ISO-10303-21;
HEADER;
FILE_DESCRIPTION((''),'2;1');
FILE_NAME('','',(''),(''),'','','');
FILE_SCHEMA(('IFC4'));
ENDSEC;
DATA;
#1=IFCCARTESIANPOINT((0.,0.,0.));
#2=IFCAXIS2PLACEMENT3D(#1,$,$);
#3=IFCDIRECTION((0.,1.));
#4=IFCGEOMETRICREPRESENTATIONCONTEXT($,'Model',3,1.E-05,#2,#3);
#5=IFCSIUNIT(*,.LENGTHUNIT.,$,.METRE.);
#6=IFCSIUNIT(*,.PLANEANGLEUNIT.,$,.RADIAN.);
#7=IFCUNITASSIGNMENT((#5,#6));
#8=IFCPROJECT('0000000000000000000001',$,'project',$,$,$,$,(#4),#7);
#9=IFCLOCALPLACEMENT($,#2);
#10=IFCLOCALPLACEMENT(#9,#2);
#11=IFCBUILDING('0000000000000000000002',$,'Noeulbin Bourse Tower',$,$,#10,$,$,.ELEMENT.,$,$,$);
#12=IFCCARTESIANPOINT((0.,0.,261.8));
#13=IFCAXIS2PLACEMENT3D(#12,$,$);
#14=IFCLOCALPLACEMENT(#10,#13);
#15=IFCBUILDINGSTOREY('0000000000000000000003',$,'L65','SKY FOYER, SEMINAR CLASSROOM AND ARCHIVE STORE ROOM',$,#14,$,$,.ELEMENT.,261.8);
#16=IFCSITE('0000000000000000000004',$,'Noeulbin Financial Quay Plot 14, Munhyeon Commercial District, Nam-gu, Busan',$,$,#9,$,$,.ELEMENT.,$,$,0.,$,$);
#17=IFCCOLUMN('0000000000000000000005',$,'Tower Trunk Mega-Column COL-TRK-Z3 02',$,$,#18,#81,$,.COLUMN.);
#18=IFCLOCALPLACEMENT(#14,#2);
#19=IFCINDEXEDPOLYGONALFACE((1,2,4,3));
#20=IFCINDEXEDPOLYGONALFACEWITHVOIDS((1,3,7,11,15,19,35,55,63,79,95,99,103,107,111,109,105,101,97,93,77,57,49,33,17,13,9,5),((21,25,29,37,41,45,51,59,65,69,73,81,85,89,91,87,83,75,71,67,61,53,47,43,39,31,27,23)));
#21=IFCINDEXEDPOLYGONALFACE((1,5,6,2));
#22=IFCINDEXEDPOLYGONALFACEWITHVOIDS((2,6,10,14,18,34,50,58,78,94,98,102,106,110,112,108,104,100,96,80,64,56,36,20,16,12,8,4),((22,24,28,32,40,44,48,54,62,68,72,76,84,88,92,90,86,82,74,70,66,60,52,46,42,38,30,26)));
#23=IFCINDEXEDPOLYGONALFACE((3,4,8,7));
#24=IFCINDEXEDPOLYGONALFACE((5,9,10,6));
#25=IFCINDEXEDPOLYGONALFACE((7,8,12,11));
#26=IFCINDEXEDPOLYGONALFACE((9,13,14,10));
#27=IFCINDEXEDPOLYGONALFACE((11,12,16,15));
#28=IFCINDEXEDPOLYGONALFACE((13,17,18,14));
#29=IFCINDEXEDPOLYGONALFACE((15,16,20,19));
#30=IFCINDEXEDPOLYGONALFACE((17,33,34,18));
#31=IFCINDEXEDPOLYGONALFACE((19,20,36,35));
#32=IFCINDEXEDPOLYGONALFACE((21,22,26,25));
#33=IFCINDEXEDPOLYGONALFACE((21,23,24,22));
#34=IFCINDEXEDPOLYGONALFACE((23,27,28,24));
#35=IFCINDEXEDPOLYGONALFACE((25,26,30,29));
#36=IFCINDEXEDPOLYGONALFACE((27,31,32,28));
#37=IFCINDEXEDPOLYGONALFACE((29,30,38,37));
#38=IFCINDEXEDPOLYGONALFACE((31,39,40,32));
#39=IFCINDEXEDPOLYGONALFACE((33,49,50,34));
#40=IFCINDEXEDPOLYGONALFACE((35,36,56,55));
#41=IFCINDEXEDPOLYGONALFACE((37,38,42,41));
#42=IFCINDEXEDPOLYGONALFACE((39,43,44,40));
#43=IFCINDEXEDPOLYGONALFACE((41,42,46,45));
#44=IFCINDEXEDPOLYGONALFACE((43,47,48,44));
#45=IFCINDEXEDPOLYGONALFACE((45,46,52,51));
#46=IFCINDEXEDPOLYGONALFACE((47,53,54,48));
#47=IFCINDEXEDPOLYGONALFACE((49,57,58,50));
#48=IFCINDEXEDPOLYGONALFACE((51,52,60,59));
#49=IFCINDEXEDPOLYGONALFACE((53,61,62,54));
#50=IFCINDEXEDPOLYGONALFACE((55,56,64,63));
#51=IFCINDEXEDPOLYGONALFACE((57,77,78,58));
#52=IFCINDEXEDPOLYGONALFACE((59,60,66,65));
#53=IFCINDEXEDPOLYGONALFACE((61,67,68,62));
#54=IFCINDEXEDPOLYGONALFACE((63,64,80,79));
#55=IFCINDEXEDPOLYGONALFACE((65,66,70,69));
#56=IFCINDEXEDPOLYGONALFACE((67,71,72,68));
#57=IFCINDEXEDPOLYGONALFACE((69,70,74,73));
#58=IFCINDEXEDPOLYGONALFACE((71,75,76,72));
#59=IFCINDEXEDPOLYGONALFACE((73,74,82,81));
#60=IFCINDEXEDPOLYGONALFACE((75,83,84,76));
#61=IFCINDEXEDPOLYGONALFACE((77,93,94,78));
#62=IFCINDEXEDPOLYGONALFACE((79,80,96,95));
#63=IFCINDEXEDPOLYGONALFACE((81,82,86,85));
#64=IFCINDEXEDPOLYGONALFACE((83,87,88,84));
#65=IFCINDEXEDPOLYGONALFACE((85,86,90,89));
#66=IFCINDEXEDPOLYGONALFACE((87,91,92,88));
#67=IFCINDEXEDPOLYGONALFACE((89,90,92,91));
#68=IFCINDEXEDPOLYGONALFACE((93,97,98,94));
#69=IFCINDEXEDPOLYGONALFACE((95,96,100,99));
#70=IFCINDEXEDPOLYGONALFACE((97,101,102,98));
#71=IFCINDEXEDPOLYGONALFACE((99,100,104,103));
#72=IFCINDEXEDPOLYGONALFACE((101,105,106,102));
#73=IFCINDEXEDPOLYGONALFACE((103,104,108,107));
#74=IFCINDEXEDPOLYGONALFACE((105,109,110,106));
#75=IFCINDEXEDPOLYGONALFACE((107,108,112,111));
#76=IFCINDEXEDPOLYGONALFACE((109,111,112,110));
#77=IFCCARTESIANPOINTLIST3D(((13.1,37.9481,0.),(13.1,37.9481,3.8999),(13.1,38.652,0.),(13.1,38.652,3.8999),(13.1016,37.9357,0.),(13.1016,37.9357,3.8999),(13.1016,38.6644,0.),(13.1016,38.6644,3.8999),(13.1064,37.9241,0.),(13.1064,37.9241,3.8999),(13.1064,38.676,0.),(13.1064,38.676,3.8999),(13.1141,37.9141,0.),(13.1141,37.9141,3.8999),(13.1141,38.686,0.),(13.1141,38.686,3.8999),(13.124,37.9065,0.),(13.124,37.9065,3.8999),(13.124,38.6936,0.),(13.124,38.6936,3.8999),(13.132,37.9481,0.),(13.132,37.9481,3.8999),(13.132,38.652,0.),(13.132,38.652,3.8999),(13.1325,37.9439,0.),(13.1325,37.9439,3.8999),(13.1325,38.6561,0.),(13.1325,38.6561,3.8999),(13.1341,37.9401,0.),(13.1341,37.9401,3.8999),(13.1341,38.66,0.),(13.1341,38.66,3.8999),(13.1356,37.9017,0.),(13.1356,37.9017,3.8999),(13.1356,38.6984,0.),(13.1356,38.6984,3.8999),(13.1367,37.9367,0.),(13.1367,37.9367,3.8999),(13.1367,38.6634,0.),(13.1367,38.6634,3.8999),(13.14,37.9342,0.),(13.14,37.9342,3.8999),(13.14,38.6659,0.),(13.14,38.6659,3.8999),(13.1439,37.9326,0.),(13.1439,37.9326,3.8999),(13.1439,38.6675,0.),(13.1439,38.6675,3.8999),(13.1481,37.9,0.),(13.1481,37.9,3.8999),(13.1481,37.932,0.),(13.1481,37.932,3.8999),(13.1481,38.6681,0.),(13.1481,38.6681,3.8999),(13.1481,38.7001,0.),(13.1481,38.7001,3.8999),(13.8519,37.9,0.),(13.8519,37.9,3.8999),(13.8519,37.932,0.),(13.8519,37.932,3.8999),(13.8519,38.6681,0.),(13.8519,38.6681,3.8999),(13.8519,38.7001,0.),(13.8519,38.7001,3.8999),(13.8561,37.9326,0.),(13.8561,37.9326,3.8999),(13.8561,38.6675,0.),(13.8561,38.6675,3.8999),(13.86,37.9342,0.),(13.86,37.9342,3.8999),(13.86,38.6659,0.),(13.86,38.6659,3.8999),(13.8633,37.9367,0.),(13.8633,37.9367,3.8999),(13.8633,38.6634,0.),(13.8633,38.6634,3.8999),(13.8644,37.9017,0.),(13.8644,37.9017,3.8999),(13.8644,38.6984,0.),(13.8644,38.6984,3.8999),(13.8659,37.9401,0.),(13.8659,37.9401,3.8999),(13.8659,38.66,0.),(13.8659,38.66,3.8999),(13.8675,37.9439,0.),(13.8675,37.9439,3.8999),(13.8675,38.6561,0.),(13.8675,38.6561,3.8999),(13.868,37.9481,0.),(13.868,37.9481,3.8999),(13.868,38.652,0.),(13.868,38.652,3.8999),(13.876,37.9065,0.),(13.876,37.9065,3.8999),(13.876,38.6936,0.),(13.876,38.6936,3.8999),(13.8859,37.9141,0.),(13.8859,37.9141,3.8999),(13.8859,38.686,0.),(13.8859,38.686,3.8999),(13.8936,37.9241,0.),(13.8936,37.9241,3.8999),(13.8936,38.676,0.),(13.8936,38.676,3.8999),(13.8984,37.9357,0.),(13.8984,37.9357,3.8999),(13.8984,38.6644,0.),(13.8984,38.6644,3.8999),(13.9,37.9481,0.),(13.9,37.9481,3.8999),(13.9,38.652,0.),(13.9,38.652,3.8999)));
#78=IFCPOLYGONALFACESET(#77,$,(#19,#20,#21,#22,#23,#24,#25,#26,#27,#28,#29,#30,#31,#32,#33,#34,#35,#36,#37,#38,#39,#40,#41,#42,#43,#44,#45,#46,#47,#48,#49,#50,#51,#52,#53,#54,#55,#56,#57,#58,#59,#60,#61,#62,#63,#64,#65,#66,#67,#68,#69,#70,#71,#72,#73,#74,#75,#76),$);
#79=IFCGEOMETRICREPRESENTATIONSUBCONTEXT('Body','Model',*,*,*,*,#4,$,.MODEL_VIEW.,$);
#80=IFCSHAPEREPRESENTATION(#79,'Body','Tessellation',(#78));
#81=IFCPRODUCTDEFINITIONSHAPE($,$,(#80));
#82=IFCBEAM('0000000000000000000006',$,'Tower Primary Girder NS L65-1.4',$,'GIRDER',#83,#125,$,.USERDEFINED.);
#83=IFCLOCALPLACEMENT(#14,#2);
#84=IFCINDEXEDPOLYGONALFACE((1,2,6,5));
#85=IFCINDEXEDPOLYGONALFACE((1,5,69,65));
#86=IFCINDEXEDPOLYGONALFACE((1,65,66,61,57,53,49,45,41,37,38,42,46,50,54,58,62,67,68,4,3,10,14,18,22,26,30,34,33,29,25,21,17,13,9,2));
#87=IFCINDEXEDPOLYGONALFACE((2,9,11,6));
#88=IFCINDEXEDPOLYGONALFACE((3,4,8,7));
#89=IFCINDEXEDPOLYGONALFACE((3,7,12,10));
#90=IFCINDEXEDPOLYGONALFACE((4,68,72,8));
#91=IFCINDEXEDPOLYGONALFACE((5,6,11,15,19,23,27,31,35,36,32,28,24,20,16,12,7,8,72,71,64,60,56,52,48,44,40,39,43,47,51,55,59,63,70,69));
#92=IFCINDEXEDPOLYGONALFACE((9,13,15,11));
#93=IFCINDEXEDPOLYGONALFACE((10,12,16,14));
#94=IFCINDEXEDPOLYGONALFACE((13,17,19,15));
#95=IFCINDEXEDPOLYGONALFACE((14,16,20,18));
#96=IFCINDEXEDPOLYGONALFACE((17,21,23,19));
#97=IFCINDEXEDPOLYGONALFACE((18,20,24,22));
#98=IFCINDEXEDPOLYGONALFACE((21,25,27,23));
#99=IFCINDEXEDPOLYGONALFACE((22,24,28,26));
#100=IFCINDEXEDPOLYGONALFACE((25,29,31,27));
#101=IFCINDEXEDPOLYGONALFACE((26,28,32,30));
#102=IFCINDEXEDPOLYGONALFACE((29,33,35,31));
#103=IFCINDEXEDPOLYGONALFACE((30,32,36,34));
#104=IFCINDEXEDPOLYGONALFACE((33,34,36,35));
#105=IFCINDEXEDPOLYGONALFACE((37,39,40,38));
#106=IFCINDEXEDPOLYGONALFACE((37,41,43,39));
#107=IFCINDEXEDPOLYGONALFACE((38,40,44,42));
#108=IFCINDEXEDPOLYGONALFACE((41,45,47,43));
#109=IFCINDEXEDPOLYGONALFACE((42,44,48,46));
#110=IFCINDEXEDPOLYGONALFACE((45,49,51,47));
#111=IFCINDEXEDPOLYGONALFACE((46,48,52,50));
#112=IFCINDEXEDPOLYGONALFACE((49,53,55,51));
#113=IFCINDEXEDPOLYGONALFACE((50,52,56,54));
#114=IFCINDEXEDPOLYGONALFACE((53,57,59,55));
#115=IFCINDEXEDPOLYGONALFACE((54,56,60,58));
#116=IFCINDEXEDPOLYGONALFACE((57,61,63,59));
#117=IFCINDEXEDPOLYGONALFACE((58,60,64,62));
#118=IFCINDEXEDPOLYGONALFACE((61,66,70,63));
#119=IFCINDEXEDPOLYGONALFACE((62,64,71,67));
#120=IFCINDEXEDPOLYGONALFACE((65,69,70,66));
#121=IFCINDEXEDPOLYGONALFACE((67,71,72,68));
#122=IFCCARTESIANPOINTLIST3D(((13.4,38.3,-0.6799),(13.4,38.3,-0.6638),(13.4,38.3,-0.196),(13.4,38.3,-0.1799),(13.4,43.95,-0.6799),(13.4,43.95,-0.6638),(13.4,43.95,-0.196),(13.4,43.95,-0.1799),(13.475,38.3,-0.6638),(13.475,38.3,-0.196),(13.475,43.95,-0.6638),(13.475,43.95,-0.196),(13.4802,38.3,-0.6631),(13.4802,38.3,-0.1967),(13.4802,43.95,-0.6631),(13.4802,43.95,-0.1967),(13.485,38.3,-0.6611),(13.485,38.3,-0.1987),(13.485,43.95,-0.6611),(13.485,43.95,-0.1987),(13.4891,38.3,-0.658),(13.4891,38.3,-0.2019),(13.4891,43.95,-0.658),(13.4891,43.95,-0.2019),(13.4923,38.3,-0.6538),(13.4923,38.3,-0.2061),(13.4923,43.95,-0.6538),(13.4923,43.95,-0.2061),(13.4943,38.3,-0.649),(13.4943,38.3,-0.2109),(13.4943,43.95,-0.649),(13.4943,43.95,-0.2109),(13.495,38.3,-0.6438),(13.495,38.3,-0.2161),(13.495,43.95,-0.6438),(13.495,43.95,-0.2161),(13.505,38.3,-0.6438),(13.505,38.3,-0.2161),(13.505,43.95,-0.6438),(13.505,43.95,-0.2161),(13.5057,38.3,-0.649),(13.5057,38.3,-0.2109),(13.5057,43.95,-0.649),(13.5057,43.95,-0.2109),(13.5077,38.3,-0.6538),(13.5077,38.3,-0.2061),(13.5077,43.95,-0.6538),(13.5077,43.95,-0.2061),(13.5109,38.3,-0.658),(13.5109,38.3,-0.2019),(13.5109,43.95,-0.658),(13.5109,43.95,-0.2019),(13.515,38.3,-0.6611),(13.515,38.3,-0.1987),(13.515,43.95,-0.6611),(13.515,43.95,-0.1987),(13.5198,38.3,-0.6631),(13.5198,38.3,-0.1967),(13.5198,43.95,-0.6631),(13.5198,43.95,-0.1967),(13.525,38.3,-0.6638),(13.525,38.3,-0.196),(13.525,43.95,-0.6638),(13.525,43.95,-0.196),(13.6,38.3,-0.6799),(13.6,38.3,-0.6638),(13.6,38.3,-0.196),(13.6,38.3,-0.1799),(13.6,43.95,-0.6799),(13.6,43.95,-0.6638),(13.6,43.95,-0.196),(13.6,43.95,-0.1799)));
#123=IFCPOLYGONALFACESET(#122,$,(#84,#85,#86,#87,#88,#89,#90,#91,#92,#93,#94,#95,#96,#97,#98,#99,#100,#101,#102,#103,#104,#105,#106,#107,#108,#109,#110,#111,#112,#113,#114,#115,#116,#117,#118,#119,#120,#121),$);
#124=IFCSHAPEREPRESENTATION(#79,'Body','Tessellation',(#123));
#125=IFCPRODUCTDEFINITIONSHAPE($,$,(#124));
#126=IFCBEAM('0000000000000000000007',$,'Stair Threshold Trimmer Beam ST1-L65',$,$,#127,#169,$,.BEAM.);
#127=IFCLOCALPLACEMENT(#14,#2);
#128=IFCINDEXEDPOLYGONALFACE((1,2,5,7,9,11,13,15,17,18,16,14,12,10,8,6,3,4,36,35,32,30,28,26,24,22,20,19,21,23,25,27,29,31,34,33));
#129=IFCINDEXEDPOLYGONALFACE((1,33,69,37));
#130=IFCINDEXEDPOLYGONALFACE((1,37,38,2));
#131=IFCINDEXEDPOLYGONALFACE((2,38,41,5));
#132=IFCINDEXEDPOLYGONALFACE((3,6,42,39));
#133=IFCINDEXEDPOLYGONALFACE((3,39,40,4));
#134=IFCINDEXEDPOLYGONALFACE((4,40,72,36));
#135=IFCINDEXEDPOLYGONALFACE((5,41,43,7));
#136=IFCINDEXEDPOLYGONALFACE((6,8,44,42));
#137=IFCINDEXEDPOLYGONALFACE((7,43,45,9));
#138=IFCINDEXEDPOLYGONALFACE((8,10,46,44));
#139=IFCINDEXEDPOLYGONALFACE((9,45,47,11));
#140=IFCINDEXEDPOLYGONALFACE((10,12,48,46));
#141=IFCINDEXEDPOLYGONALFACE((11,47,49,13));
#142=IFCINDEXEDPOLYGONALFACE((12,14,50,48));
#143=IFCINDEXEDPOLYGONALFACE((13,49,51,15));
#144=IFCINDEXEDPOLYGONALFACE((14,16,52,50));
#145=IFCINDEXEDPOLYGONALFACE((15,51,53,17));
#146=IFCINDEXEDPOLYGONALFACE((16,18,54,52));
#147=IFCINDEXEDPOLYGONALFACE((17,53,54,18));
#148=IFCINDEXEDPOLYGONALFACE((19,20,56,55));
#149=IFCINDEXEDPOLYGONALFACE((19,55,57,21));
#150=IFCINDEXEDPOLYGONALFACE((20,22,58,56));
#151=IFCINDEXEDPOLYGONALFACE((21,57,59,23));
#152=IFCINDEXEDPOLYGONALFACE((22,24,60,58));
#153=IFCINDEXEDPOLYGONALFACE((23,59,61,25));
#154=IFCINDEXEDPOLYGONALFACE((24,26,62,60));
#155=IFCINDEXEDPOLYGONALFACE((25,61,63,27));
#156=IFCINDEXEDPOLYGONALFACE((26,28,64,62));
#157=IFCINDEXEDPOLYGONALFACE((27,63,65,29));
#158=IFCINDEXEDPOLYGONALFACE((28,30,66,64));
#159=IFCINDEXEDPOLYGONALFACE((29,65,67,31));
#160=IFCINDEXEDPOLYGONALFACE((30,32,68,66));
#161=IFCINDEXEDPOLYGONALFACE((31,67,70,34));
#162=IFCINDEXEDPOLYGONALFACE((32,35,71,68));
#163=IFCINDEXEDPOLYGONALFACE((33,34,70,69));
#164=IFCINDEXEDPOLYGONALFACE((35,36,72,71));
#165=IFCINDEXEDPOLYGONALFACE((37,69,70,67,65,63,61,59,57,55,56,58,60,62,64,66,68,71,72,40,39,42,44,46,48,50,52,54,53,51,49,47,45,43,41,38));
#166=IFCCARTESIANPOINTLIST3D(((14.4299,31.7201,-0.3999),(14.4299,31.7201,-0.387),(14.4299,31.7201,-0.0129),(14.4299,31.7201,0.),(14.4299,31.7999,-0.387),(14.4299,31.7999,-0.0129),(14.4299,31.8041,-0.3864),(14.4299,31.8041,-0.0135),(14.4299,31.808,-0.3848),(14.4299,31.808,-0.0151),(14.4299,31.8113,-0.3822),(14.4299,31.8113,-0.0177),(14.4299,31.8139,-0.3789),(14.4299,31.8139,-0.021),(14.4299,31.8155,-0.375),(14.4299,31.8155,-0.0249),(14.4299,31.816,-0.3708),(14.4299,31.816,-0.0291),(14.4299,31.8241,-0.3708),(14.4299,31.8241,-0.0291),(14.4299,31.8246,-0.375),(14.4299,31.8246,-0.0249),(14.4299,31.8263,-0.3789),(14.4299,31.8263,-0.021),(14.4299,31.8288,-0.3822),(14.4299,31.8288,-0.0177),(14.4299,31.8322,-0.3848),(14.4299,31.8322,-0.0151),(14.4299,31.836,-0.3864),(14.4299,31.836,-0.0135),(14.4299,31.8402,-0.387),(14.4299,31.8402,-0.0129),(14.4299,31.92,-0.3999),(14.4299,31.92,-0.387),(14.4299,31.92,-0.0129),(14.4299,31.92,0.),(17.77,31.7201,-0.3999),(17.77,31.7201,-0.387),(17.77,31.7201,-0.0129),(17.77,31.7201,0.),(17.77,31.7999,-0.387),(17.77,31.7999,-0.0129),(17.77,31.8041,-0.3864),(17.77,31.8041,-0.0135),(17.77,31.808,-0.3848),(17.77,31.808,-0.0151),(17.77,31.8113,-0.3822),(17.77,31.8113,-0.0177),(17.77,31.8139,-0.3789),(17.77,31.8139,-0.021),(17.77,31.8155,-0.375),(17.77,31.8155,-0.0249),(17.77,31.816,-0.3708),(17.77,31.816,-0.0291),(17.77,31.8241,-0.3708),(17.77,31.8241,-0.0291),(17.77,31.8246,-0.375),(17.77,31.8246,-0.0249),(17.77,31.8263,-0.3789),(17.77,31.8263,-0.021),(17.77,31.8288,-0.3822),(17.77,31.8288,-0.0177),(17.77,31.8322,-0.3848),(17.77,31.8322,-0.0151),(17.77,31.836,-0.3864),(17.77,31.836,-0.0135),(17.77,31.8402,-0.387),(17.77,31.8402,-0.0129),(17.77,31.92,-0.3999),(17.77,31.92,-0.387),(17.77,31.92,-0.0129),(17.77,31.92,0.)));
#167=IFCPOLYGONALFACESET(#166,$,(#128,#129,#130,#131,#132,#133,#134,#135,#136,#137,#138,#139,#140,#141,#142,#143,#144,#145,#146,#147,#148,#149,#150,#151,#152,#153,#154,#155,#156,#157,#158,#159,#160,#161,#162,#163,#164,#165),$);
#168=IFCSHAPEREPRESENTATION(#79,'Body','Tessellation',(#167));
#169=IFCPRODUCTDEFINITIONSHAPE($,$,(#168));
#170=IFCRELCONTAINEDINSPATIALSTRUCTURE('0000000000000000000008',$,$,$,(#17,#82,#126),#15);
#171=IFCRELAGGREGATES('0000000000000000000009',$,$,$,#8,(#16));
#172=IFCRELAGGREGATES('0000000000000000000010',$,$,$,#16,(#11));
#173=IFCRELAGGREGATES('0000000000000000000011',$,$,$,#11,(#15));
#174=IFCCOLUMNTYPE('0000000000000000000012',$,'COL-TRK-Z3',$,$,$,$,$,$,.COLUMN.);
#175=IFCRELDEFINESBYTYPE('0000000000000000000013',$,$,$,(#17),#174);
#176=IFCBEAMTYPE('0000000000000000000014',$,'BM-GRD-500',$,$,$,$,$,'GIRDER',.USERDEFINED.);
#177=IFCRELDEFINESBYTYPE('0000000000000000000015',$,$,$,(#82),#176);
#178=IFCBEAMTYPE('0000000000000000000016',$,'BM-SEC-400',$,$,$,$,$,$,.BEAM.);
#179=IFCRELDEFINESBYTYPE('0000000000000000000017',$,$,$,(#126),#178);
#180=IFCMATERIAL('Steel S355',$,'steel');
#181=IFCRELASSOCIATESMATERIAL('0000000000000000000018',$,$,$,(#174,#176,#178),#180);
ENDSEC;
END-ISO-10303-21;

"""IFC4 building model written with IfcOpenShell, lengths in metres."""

from ifc_helpers import new_model, si_unit, direction, frame, origin, origin_2d, place, context, subcontext, project, spatial, hollow_rectangle, i_section, extrude, material, material_profile, profile_set, type_object, element, save


model = new_model("IFC4")

# Units and contexts
model_context = context("Model", 3, precision=1e-05, world=origin(), true_north=direction((0.0, 1.0)))
body_context = subcontext(model_context, "Body", "Model", "MODEL_VIEW")
ifc_project = project(units=[si_unit("LENGTHUNIT", "METRE"), si_unit("PLANEANGLEUNIT", "RADIAN")], contexts=[model_context])

# Site, building, storey
site_placement = place(None, origin())
site = spatial("IfcSite", under=ifc_project, at=site_placement, Name="Noeulbin Financial Quay Plot 14, Munhyeon Commercial District, Nam-gu, Busan", CompositionType="ELEMENT", RefElevation=0.0)
building_placement = place(site_placement, origin())
building = spatial("IfcBuilding", under=site, at=building_placement, Name="Noeulbin Bourse Tower", CompositionType="ELEMENT")
storey_placement = place(building_placement, frame((0.0, 0.0, 261.8)))
storey = spatial("IfcBuildingStorey", under=building, at=storey_placement, Name="L65", Description="SKY FOYER, SEMINAR CLASSROOM AND ARCHIVE STORE ROOM", CompositionType="ELEMENT", Elevation=261.8)

# Column
ifc_material_1 = material(Name="Steel S355", Category="steel")
ifc_material_profile_1 = material_profile(ifc_material_1, hollow_rectangle(XDim=0.8, YDim=0.8, WallThickness=0.032, InnerFilletRadius=0.0161, OuterFilletRadius=0.0481, at=origin_2d()), Name="BOX-800x800x32", Category="LoadBearing")
ifc_profile_set_1 = profile_set([ifc_material_profile_1], Name="Steel S355")
column_type = type_object("IfcColumnType", Name="COL-TRK-Z3", PredefinedType="COLUMN", material=ifc_profile_set_1)
column_placement = place(storey_placement, frame((13.5, 38.3, 0.0), z_axis=(0.0, 0.0, 1.0), x_axis=(1.0, 0.0, 0.0)))
element("IfcColumn", 1, at=column_placement, inside=storey, type_object=column_type, Name="Tower Trunk Mega-Column COL-TRK-Z3 02", PredefinedType="COLUMN", context=body_context, shape_type="SweptSolid", body=[
    extrude(hollow_rectangle(XDim=0.8, YDim=0.8, WallThickness=0.032, InnerFilletRadius=0.0161, OuterFilletRadius=0.0481, at=origin_2d()), origin(), (0.0, 0.0, 1.0), 3.8999),
])

# Beams
ifc_material_profile_2 = material_profile(ifc_material_1, i_section(OverallWidth=0.2, OverallDepth=0.5, WebThickness=0.01, FlangeThickness=0.0161, FilletRadius=0.02, at=origin_2d()), Name="H-500x200x10x16", Category="LoadBearing")
ifc_profile_set_2 = profile_set([ifc_material_profile_2], Name="Steel S355")
beam_type_1 = type_object("IfcBeamType", Name="BM-GRD-500", ElementType="GIRDER", PredefinedType="USERDEFINED", material=ifc_profile_set_2)
beam_1_placement = place(storey_placement, frame((13.5, 38.3, -0.4299), z_axis=(0.0, 1.0, 0.0), x_axis=(-1.0, 0.0, 0.0)))
element("IfcBeam", 2, at=beam_1_placement, inside=storey, type_object=beam_type_1, Name="Tower Primary Girder NS L65-1.4", ObjectType="GIRDER", PredefinedType="USERDEFINED", context=body_context, shape_type="SweptSolid", body=[
    extrude(i_section(OverallWidth=0.2, OverallDepth=0.5, WebThickness=0.01, FlangeThickness=0.0161, FilletRadius=0.02, at=origin_2d()), origin(), (0.0, 0.0, 1.0), 5.6499),
])
ifc_material_profile_3 = material_profile(ifc_material_1, i_section(OverallWidth=0.2, OverallDepth=0.3999, WebThickness=0.0081, FlangeThickness=0.0129, FilletRadius=0.0161, at=origin_2d()), Name="H-400x200x8x13", Category="LoadBearing")
ifc_profile_set_3 = profile_set([ifc_material_profile_3], Name="Steel S355")
beam_type_2 = type_object("IfcBeamType", Name="BM-SEC-400", PredefinedType="BEAM", material=ifc_profile_set_3)
beam_2_placement = place(storey_placement, frame((14.4299, 31.8201, -0.2), z_axis=(1.0, 0.0, 0.0), x_axis=(0.0, 1.0, 0.0)))
element("IfcBeam", 3, at=beam_2_placement, inside=storey, type_object=beam_type_2, Name="Stair Threshold Trimmer Beam ST1-L65", PredefinedType="BEAM", context=body_context, shape_type="SweptSolid", body=[
    extrude(i_section(OverallWidth=0.2, OverallDepth=0.3999, WebThickness=0.0081, FlangeThickness=0.0129, FilletRadius=0.0161, at=origin_2d()), origin(), (0.0, 0.0, 1.0), 3.3401),
])

save(model, "model.ifc")
